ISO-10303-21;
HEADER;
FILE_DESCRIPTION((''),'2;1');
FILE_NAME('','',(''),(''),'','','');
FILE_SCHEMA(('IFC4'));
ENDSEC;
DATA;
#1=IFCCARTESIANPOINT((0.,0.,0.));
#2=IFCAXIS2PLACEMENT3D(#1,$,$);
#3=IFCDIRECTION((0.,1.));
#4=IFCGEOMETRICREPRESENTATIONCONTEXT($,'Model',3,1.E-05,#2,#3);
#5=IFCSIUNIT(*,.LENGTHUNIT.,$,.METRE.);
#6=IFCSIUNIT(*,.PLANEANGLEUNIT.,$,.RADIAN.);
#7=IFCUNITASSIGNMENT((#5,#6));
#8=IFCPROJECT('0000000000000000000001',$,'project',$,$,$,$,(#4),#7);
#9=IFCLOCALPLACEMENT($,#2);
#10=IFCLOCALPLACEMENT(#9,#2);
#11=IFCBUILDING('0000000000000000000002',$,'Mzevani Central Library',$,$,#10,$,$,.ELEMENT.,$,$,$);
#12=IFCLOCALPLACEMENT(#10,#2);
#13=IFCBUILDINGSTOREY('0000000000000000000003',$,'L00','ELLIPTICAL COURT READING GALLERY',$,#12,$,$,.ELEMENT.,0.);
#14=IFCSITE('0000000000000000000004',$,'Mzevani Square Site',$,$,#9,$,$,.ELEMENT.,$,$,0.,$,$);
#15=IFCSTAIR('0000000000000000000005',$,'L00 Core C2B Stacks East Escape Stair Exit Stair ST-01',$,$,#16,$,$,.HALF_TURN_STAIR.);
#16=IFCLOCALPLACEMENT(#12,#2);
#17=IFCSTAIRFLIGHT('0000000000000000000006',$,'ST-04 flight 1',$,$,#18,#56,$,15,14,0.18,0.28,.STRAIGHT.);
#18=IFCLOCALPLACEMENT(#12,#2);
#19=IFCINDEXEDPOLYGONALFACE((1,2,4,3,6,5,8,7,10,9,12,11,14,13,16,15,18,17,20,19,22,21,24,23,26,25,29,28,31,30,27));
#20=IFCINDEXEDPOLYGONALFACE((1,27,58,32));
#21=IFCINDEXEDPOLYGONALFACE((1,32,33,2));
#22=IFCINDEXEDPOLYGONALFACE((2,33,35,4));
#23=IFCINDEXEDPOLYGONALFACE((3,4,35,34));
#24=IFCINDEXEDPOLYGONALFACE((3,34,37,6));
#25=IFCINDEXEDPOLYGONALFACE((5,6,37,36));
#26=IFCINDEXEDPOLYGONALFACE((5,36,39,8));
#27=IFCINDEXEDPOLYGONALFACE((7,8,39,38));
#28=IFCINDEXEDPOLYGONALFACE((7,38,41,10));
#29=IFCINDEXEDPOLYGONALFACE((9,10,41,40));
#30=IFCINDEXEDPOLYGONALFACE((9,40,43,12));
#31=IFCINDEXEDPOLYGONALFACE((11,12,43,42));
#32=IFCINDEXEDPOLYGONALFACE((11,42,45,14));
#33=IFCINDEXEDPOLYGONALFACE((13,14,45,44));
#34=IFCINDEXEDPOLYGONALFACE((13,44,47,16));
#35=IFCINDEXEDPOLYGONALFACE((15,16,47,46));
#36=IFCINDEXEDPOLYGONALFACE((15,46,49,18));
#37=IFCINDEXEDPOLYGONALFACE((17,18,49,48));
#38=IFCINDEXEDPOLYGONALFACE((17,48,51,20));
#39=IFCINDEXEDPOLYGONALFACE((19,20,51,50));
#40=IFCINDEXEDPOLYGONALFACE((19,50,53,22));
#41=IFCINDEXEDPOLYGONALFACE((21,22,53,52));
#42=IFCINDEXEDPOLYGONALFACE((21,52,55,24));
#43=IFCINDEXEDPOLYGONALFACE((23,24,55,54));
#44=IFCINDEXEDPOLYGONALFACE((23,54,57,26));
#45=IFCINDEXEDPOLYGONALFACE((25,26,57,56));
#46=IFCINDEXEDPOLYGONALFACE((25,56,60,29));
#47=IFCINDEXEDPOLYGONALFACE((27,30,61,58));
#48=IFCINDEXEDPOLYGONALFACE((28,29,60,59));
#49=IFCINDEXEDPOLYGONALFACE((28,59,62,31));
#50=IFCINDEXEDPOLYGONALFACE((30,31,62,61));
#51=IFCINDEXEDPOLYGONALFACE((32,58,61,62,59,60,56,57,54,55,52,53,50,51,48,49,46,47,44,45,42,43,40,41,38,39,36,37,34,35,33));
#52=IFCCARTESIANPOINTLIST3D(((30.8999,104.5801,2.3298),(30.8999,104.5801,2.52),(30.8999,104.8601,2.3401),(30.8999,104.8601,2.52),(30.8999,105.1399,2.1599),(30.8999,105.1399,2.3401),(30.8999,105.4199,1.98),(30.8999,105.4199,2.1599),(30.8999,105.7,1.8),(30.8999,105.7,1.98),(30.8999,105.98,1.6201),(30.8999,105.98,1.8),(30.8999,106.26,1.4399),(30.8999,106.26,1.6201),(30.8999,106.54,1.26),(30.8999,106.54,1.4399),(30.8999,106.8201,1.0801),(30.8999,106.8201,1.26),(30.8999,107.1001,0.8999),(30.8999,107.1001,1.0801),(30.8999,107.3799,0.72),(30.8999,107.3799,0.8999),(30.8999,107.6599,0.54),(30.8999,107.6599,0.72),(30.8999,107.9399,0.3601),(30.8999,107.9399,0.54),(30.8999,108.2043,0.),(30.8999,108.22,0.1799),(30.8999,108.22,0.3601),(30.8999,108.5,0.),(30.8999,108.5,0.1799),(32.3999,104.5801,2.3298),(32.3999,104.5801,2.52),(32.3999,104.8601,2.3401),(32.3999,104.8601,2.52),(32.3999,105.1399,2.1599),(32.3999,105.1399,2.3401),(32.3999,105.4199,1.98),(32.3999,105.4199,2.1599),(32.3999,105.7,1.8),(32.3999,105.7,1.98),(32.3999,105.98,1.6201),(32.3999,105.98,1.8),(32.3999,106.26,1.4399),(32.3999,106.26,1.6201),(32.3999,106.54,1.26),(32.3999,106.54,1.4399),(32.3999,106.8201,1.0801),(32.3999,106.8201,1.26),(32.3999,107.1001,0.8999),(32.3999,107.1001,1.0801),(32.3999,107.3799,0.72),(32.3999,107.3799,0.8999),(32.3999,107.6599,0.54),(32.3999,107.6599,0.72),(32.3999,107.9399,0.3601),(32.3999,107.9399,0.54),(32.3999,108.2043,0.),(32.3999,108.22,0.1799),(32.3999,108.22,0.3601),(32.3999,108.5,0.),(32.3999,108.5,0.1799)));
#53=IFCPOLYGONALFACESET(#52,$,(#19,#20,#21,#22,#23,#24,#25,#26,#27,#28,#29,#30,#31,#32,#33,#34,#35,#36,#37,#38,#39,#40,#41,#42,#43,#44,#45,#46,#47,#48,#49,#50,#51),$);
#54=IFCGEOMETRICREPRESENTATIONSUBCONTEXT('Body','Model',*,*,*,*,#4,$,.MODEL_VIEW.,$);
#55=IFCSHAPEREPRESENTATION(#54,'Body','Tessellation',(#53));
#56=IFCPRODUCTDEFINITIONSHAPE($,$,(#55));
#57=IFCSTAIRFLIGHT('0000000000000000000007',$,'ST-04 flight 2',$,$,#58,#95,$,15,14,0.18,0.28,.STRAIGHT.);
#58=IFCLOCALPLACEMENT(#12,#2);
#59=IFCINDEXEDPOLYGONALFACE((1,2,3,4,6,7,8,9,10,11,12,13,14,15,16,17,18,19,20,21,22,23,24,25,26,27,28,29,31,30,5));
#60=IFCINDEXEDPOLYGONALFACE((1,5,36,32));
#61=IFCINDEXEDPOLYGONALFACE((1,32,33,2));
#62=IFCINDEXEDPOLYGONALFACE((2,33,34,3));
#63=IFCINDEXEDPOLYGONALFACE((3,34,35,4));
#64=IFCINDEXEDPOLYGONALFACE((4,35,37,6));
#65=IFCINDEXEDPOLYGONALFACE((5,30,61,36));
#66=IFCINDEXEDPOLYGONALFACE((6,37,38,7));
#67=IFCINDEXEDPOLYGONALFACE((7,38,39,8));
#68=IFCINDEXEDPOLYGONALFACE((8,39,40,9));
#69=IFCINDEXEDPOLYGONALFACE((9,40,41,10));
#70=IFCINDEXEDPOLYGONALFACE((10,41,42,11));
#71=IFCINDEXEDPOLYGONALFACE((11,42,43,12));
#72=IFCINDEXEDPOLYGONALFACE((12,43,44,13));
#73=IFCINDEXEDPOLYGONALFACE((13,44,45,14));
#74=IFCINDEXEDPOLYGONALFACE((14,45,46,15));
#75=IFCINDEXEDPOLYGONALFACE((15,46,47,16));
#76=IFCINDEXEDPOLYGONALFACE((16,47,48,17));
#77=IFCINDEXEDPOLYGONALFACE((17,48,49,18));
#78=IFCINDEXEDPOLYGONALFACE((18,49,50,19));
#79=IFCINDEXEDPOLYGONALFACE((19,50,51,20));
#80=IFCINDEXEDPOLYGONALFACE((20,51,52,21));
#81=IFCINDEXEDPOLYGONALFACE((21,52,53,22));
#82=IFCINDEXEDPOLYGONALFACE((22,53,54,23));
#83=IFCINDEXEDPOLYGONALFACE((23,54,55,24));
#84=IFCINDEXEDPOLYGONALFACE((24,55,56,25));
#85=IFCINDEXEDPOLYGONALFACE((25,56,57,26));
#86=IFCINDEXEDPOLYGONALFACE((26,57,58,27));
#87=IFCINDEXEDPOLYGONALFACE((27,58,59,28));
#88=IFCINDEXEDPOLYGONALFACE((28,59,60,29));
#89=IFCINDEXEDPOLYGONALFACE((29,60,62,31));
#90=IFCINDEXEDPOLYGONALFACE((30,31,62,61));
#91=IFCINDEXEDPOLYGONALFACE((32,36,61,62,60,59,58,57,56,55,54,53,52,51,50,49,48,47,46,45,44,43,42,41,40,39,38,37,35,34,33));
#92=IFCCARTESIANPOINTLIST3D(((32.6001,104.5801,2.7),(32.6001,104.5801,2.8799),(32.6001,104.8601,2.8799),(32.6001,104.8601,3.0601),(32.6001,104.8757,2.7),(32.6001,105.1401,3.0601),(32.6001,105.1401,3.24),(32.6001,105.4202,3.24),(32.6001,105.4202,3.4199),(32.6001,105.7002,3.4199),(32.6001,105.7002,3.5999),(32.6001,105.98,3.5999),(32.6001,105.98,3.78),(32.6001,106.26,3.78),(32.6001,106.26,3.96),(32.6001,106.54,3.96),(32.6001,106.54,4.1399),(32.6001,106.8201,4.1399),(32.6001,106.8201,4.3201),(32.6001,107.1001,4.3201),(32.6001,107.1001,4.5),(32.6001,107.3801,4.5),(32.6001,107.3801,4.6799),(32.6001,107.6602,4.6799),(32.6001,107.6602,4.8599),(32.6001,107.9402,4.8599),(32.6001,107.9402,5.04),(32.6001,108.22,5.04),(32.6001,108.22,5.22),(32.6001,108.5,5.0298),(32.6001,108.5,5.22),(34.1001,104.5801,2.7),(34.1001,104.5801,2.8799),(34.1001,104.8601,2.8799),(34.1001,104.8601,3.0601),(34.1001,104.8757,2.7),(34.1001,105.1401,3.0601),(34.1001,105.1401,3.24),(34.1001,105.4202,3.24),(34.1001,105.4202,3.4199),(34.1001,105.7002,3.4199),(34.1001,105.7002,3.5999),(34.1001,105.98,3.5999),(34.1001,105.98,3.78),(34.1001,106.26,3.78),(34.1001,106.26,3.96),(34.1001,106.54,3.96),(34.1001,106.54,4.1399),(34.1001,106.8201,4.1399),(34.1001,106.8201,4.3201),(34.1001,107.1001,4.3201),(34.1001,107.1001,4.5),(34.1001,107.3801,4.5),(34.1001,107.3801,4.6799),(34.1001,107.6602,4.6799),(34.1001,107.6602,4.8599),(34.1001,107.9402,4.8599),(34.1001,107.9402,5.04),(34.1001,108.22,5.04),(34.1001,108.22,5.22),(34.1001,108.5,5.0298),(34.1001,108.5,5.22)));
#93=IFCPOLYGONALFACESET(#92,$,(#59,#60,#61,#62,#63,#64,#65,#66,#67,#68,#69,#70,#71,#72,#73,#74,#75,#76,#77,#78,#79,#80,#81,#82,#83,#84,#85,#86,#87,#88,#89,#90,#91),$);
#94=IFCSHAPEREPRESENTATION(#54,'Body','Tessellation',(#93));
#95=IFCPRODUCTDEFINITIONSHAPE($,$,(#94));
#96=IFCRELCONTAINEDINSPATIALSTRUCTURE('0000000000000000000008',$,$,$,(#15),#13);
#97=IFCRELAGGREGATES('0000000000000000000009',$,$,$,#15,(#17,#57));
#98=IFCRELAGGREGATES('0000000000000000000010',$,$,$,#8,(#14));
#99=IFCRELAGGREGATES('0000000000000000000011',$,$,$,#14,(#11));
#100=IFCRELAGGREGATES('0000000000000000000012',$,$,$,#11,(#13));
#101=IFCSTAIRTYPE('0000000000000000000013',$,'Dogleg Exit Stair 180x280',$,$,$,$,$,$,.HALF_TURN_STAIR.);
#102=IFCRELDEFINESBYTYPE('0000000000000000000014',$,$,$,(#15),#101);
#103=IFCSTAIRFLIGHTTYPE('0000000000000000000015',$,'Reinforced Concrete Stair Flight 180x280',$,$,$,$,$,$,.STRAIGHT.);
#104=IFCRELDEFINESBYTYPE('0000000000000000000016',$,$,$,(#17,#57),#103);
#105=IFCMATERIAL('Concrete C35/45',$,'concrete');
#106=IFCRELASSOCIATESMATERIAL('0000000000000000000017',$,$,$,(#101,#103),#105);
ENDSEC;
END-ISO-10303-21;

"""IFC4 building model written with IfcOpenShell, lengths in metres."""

from ifc_helpers import new_model, si_unit, direction, frame, origin, place, context, subcontext, project, spatial, polyline, outline, extrude, material, type_object, element, aggregate, save


model = new_model("IFC4")

# Units and contexts
model_context = context("Model", 3, precision=1e-05, world=origin(), true_north=direction((0.0, 1.0)))
body_context = subcontext(model_context, "Body", "Model", "MODEL_VIEW")
ifc_project = project(units=[si_unit("LENGTHUNIT", "METRE"), si_unit("PLANEANGLEUNIT", "RADIAN")], contexts=[model_context])

# Site, building, storey
site_placement = place(None, origin())
site = spatial("IfcSite", under=ifc_project, at=site_placement, Name="Mzevani Square Site", CompositionType="ELEMENT", RefElevation=0.0)
building_placement = place(site_placement, origin())
building = spatial("IfcBuilding", under=site, at=building_placement, Name="Mzevani Central Library", CompositionType="ELEMENT")
storey_placement = place(building_placement, origin())
storey = spatial("IfcBuildingStorey", under=building, at=storey_placement, Name="L00", Description="ELLIPTICAL COURT READING GALLERY", CompositionType="ELEMENT", Elevation=0.0)

# Shared definitions
ifc_material_1 = material(Name="Concrete C35/45", Category="concrete")

# Stair, stair flights
stair_type = type_object("IfcStairType", Name="Dogleg Exit Stair 180x280", PredefinedType="HALF_TURN_STAIR", material=ifc_material_1)
stair_placement = place(storey_placement, origin())
stair = element("IfcStair", 1, at=stair_placement, inside=storey, type_object=stair_type, Name="L00 Core C2B Stacks East Escape Stair Exit Stair ST-01", PredefinedType="HALF_TURN_STAIR")
stair_flight_type = type_object("IfcStairFlightType", Name="Reinforced Concrete Stair Flight 180x280", PredefinedType="STRAIGHT", material=ifc_material_1)
stair_flight_1_placement = place(storey_placement, frame((31.6499, 108.5, 0.0), z_axis=(0.0, 0.0, 1.0), x_axis=(0.0, -1.0, 0.0)))
stair_flight_1 = element("IfcStairFlight", 2, at=stair_flight_1_placement, type_object=stair_flight_type, Name="ST-04 flight 1", NumberOfRisers=15, NumberOfTreads=14, PredefinedType="STRAIGHT", RiserHeight=0.18, TreadLength=0.28, context=body_context, shape_type="SweptSolid", body=[
    extrude(outline(polyline([(0.0, 0.0), (0.0, 0.1799), (0.28, 0.1799), (0.28, 0.3601), (0.5601, 0.3601), (0.5601, 0.54), (0.8401, 0.54), (0.8401, 0.72), (1.1201, 0.72), (1.1201, 0.8999), (1.3999, 0.8999), (1.3999, 1.0801), (1.6799, 1.0801), (1.6799, 1.26), (1.96, 1.26), (1.96, 1.4399), (2.24, 1.4399), (2.24, 1.6201), (2.52, 1.6201), (2.52, 1.8), (2.8, 1.8), (2.8, 1.98), (3.0801, 1.98), (3.0801, 2.1599), (3.3601, 2.1599), (3.3601, 2.3401), (3.6399, 2.3401), (3.6399, 2.52), (3.9199, 2.52), (3.9199, 2.7), (3.9199, 2.3298), (0.2957, 0.0), (0.0, 0.0)])), frame((0.0, 0.75, 0.0), z_axis=(0.0, -1.0, 0.0), x_axis=(1.0, 0.0, 0.0)), (0.0, 0.0, 1.0), 1.5),
])
stair_flight_2_placement = place(storey_placement, frame((33.3501, 104.5801, 2.7), z_axis=(0.0, 0.0, 1.0), x_axis=(0.0, 1.0, 0.0)))
stair_flight_2 = element("IfcStairFlight", 3, at=stair_flight_2_placement, type_object=stair_flight_type, Name="ST-04 flight 2", NumberOfRisers=15, NumberOfTreads=14, PredefinedType="STRAIGHT", RiserHeight=0.18, TreadLength=0.28, context=body_context, shape_type="SweptSolid", body=[
    extrude(outline(polyline([(0.0, 0.0), (0.0, 0.1799), (0.28, 0.1799), (0.28, 0.3601), (0.5601, 0.3601), (0.5601, 0.54), (0.8401, 0.54), (0.8401, 0.72), (1.1201, 0.72), (1.1201, 0.8999), (1.3999, 0.8999), (1.3999, 1.0801), (1.6799, 1.0801), (1.6799, 1.26), (1.96, 1.26), (1.96, 1.4399), (2.24, 1.4399), (2.24, 1.6201), (2.52, 1.6201), (2.52, 1.8), (2.8, 1.8), (2.8, 1.98), (3.0801, 1.98), (3.0801, 2.1599), (3.3601, 2.1599), (3.3601, 2.3401), (3.6399, 2.3401), (3.6399, 2.52), (3.9199, 2.52), (3.9199, 2.7), (3.9199, 2.3298), (0.2957, 0.0), (0.0, 0.0)])), frame((0.0, 0.75, 0.0), z_axis=(0.0, -1.0, 0.0), x_axis=(1.0, 0.0, 0.0)), (0.0, 0.0, 1.0), 1.5),
])
aggregate(stair, [stair_flight_1, stair_flight_2])

save(model, "model.ifc")
